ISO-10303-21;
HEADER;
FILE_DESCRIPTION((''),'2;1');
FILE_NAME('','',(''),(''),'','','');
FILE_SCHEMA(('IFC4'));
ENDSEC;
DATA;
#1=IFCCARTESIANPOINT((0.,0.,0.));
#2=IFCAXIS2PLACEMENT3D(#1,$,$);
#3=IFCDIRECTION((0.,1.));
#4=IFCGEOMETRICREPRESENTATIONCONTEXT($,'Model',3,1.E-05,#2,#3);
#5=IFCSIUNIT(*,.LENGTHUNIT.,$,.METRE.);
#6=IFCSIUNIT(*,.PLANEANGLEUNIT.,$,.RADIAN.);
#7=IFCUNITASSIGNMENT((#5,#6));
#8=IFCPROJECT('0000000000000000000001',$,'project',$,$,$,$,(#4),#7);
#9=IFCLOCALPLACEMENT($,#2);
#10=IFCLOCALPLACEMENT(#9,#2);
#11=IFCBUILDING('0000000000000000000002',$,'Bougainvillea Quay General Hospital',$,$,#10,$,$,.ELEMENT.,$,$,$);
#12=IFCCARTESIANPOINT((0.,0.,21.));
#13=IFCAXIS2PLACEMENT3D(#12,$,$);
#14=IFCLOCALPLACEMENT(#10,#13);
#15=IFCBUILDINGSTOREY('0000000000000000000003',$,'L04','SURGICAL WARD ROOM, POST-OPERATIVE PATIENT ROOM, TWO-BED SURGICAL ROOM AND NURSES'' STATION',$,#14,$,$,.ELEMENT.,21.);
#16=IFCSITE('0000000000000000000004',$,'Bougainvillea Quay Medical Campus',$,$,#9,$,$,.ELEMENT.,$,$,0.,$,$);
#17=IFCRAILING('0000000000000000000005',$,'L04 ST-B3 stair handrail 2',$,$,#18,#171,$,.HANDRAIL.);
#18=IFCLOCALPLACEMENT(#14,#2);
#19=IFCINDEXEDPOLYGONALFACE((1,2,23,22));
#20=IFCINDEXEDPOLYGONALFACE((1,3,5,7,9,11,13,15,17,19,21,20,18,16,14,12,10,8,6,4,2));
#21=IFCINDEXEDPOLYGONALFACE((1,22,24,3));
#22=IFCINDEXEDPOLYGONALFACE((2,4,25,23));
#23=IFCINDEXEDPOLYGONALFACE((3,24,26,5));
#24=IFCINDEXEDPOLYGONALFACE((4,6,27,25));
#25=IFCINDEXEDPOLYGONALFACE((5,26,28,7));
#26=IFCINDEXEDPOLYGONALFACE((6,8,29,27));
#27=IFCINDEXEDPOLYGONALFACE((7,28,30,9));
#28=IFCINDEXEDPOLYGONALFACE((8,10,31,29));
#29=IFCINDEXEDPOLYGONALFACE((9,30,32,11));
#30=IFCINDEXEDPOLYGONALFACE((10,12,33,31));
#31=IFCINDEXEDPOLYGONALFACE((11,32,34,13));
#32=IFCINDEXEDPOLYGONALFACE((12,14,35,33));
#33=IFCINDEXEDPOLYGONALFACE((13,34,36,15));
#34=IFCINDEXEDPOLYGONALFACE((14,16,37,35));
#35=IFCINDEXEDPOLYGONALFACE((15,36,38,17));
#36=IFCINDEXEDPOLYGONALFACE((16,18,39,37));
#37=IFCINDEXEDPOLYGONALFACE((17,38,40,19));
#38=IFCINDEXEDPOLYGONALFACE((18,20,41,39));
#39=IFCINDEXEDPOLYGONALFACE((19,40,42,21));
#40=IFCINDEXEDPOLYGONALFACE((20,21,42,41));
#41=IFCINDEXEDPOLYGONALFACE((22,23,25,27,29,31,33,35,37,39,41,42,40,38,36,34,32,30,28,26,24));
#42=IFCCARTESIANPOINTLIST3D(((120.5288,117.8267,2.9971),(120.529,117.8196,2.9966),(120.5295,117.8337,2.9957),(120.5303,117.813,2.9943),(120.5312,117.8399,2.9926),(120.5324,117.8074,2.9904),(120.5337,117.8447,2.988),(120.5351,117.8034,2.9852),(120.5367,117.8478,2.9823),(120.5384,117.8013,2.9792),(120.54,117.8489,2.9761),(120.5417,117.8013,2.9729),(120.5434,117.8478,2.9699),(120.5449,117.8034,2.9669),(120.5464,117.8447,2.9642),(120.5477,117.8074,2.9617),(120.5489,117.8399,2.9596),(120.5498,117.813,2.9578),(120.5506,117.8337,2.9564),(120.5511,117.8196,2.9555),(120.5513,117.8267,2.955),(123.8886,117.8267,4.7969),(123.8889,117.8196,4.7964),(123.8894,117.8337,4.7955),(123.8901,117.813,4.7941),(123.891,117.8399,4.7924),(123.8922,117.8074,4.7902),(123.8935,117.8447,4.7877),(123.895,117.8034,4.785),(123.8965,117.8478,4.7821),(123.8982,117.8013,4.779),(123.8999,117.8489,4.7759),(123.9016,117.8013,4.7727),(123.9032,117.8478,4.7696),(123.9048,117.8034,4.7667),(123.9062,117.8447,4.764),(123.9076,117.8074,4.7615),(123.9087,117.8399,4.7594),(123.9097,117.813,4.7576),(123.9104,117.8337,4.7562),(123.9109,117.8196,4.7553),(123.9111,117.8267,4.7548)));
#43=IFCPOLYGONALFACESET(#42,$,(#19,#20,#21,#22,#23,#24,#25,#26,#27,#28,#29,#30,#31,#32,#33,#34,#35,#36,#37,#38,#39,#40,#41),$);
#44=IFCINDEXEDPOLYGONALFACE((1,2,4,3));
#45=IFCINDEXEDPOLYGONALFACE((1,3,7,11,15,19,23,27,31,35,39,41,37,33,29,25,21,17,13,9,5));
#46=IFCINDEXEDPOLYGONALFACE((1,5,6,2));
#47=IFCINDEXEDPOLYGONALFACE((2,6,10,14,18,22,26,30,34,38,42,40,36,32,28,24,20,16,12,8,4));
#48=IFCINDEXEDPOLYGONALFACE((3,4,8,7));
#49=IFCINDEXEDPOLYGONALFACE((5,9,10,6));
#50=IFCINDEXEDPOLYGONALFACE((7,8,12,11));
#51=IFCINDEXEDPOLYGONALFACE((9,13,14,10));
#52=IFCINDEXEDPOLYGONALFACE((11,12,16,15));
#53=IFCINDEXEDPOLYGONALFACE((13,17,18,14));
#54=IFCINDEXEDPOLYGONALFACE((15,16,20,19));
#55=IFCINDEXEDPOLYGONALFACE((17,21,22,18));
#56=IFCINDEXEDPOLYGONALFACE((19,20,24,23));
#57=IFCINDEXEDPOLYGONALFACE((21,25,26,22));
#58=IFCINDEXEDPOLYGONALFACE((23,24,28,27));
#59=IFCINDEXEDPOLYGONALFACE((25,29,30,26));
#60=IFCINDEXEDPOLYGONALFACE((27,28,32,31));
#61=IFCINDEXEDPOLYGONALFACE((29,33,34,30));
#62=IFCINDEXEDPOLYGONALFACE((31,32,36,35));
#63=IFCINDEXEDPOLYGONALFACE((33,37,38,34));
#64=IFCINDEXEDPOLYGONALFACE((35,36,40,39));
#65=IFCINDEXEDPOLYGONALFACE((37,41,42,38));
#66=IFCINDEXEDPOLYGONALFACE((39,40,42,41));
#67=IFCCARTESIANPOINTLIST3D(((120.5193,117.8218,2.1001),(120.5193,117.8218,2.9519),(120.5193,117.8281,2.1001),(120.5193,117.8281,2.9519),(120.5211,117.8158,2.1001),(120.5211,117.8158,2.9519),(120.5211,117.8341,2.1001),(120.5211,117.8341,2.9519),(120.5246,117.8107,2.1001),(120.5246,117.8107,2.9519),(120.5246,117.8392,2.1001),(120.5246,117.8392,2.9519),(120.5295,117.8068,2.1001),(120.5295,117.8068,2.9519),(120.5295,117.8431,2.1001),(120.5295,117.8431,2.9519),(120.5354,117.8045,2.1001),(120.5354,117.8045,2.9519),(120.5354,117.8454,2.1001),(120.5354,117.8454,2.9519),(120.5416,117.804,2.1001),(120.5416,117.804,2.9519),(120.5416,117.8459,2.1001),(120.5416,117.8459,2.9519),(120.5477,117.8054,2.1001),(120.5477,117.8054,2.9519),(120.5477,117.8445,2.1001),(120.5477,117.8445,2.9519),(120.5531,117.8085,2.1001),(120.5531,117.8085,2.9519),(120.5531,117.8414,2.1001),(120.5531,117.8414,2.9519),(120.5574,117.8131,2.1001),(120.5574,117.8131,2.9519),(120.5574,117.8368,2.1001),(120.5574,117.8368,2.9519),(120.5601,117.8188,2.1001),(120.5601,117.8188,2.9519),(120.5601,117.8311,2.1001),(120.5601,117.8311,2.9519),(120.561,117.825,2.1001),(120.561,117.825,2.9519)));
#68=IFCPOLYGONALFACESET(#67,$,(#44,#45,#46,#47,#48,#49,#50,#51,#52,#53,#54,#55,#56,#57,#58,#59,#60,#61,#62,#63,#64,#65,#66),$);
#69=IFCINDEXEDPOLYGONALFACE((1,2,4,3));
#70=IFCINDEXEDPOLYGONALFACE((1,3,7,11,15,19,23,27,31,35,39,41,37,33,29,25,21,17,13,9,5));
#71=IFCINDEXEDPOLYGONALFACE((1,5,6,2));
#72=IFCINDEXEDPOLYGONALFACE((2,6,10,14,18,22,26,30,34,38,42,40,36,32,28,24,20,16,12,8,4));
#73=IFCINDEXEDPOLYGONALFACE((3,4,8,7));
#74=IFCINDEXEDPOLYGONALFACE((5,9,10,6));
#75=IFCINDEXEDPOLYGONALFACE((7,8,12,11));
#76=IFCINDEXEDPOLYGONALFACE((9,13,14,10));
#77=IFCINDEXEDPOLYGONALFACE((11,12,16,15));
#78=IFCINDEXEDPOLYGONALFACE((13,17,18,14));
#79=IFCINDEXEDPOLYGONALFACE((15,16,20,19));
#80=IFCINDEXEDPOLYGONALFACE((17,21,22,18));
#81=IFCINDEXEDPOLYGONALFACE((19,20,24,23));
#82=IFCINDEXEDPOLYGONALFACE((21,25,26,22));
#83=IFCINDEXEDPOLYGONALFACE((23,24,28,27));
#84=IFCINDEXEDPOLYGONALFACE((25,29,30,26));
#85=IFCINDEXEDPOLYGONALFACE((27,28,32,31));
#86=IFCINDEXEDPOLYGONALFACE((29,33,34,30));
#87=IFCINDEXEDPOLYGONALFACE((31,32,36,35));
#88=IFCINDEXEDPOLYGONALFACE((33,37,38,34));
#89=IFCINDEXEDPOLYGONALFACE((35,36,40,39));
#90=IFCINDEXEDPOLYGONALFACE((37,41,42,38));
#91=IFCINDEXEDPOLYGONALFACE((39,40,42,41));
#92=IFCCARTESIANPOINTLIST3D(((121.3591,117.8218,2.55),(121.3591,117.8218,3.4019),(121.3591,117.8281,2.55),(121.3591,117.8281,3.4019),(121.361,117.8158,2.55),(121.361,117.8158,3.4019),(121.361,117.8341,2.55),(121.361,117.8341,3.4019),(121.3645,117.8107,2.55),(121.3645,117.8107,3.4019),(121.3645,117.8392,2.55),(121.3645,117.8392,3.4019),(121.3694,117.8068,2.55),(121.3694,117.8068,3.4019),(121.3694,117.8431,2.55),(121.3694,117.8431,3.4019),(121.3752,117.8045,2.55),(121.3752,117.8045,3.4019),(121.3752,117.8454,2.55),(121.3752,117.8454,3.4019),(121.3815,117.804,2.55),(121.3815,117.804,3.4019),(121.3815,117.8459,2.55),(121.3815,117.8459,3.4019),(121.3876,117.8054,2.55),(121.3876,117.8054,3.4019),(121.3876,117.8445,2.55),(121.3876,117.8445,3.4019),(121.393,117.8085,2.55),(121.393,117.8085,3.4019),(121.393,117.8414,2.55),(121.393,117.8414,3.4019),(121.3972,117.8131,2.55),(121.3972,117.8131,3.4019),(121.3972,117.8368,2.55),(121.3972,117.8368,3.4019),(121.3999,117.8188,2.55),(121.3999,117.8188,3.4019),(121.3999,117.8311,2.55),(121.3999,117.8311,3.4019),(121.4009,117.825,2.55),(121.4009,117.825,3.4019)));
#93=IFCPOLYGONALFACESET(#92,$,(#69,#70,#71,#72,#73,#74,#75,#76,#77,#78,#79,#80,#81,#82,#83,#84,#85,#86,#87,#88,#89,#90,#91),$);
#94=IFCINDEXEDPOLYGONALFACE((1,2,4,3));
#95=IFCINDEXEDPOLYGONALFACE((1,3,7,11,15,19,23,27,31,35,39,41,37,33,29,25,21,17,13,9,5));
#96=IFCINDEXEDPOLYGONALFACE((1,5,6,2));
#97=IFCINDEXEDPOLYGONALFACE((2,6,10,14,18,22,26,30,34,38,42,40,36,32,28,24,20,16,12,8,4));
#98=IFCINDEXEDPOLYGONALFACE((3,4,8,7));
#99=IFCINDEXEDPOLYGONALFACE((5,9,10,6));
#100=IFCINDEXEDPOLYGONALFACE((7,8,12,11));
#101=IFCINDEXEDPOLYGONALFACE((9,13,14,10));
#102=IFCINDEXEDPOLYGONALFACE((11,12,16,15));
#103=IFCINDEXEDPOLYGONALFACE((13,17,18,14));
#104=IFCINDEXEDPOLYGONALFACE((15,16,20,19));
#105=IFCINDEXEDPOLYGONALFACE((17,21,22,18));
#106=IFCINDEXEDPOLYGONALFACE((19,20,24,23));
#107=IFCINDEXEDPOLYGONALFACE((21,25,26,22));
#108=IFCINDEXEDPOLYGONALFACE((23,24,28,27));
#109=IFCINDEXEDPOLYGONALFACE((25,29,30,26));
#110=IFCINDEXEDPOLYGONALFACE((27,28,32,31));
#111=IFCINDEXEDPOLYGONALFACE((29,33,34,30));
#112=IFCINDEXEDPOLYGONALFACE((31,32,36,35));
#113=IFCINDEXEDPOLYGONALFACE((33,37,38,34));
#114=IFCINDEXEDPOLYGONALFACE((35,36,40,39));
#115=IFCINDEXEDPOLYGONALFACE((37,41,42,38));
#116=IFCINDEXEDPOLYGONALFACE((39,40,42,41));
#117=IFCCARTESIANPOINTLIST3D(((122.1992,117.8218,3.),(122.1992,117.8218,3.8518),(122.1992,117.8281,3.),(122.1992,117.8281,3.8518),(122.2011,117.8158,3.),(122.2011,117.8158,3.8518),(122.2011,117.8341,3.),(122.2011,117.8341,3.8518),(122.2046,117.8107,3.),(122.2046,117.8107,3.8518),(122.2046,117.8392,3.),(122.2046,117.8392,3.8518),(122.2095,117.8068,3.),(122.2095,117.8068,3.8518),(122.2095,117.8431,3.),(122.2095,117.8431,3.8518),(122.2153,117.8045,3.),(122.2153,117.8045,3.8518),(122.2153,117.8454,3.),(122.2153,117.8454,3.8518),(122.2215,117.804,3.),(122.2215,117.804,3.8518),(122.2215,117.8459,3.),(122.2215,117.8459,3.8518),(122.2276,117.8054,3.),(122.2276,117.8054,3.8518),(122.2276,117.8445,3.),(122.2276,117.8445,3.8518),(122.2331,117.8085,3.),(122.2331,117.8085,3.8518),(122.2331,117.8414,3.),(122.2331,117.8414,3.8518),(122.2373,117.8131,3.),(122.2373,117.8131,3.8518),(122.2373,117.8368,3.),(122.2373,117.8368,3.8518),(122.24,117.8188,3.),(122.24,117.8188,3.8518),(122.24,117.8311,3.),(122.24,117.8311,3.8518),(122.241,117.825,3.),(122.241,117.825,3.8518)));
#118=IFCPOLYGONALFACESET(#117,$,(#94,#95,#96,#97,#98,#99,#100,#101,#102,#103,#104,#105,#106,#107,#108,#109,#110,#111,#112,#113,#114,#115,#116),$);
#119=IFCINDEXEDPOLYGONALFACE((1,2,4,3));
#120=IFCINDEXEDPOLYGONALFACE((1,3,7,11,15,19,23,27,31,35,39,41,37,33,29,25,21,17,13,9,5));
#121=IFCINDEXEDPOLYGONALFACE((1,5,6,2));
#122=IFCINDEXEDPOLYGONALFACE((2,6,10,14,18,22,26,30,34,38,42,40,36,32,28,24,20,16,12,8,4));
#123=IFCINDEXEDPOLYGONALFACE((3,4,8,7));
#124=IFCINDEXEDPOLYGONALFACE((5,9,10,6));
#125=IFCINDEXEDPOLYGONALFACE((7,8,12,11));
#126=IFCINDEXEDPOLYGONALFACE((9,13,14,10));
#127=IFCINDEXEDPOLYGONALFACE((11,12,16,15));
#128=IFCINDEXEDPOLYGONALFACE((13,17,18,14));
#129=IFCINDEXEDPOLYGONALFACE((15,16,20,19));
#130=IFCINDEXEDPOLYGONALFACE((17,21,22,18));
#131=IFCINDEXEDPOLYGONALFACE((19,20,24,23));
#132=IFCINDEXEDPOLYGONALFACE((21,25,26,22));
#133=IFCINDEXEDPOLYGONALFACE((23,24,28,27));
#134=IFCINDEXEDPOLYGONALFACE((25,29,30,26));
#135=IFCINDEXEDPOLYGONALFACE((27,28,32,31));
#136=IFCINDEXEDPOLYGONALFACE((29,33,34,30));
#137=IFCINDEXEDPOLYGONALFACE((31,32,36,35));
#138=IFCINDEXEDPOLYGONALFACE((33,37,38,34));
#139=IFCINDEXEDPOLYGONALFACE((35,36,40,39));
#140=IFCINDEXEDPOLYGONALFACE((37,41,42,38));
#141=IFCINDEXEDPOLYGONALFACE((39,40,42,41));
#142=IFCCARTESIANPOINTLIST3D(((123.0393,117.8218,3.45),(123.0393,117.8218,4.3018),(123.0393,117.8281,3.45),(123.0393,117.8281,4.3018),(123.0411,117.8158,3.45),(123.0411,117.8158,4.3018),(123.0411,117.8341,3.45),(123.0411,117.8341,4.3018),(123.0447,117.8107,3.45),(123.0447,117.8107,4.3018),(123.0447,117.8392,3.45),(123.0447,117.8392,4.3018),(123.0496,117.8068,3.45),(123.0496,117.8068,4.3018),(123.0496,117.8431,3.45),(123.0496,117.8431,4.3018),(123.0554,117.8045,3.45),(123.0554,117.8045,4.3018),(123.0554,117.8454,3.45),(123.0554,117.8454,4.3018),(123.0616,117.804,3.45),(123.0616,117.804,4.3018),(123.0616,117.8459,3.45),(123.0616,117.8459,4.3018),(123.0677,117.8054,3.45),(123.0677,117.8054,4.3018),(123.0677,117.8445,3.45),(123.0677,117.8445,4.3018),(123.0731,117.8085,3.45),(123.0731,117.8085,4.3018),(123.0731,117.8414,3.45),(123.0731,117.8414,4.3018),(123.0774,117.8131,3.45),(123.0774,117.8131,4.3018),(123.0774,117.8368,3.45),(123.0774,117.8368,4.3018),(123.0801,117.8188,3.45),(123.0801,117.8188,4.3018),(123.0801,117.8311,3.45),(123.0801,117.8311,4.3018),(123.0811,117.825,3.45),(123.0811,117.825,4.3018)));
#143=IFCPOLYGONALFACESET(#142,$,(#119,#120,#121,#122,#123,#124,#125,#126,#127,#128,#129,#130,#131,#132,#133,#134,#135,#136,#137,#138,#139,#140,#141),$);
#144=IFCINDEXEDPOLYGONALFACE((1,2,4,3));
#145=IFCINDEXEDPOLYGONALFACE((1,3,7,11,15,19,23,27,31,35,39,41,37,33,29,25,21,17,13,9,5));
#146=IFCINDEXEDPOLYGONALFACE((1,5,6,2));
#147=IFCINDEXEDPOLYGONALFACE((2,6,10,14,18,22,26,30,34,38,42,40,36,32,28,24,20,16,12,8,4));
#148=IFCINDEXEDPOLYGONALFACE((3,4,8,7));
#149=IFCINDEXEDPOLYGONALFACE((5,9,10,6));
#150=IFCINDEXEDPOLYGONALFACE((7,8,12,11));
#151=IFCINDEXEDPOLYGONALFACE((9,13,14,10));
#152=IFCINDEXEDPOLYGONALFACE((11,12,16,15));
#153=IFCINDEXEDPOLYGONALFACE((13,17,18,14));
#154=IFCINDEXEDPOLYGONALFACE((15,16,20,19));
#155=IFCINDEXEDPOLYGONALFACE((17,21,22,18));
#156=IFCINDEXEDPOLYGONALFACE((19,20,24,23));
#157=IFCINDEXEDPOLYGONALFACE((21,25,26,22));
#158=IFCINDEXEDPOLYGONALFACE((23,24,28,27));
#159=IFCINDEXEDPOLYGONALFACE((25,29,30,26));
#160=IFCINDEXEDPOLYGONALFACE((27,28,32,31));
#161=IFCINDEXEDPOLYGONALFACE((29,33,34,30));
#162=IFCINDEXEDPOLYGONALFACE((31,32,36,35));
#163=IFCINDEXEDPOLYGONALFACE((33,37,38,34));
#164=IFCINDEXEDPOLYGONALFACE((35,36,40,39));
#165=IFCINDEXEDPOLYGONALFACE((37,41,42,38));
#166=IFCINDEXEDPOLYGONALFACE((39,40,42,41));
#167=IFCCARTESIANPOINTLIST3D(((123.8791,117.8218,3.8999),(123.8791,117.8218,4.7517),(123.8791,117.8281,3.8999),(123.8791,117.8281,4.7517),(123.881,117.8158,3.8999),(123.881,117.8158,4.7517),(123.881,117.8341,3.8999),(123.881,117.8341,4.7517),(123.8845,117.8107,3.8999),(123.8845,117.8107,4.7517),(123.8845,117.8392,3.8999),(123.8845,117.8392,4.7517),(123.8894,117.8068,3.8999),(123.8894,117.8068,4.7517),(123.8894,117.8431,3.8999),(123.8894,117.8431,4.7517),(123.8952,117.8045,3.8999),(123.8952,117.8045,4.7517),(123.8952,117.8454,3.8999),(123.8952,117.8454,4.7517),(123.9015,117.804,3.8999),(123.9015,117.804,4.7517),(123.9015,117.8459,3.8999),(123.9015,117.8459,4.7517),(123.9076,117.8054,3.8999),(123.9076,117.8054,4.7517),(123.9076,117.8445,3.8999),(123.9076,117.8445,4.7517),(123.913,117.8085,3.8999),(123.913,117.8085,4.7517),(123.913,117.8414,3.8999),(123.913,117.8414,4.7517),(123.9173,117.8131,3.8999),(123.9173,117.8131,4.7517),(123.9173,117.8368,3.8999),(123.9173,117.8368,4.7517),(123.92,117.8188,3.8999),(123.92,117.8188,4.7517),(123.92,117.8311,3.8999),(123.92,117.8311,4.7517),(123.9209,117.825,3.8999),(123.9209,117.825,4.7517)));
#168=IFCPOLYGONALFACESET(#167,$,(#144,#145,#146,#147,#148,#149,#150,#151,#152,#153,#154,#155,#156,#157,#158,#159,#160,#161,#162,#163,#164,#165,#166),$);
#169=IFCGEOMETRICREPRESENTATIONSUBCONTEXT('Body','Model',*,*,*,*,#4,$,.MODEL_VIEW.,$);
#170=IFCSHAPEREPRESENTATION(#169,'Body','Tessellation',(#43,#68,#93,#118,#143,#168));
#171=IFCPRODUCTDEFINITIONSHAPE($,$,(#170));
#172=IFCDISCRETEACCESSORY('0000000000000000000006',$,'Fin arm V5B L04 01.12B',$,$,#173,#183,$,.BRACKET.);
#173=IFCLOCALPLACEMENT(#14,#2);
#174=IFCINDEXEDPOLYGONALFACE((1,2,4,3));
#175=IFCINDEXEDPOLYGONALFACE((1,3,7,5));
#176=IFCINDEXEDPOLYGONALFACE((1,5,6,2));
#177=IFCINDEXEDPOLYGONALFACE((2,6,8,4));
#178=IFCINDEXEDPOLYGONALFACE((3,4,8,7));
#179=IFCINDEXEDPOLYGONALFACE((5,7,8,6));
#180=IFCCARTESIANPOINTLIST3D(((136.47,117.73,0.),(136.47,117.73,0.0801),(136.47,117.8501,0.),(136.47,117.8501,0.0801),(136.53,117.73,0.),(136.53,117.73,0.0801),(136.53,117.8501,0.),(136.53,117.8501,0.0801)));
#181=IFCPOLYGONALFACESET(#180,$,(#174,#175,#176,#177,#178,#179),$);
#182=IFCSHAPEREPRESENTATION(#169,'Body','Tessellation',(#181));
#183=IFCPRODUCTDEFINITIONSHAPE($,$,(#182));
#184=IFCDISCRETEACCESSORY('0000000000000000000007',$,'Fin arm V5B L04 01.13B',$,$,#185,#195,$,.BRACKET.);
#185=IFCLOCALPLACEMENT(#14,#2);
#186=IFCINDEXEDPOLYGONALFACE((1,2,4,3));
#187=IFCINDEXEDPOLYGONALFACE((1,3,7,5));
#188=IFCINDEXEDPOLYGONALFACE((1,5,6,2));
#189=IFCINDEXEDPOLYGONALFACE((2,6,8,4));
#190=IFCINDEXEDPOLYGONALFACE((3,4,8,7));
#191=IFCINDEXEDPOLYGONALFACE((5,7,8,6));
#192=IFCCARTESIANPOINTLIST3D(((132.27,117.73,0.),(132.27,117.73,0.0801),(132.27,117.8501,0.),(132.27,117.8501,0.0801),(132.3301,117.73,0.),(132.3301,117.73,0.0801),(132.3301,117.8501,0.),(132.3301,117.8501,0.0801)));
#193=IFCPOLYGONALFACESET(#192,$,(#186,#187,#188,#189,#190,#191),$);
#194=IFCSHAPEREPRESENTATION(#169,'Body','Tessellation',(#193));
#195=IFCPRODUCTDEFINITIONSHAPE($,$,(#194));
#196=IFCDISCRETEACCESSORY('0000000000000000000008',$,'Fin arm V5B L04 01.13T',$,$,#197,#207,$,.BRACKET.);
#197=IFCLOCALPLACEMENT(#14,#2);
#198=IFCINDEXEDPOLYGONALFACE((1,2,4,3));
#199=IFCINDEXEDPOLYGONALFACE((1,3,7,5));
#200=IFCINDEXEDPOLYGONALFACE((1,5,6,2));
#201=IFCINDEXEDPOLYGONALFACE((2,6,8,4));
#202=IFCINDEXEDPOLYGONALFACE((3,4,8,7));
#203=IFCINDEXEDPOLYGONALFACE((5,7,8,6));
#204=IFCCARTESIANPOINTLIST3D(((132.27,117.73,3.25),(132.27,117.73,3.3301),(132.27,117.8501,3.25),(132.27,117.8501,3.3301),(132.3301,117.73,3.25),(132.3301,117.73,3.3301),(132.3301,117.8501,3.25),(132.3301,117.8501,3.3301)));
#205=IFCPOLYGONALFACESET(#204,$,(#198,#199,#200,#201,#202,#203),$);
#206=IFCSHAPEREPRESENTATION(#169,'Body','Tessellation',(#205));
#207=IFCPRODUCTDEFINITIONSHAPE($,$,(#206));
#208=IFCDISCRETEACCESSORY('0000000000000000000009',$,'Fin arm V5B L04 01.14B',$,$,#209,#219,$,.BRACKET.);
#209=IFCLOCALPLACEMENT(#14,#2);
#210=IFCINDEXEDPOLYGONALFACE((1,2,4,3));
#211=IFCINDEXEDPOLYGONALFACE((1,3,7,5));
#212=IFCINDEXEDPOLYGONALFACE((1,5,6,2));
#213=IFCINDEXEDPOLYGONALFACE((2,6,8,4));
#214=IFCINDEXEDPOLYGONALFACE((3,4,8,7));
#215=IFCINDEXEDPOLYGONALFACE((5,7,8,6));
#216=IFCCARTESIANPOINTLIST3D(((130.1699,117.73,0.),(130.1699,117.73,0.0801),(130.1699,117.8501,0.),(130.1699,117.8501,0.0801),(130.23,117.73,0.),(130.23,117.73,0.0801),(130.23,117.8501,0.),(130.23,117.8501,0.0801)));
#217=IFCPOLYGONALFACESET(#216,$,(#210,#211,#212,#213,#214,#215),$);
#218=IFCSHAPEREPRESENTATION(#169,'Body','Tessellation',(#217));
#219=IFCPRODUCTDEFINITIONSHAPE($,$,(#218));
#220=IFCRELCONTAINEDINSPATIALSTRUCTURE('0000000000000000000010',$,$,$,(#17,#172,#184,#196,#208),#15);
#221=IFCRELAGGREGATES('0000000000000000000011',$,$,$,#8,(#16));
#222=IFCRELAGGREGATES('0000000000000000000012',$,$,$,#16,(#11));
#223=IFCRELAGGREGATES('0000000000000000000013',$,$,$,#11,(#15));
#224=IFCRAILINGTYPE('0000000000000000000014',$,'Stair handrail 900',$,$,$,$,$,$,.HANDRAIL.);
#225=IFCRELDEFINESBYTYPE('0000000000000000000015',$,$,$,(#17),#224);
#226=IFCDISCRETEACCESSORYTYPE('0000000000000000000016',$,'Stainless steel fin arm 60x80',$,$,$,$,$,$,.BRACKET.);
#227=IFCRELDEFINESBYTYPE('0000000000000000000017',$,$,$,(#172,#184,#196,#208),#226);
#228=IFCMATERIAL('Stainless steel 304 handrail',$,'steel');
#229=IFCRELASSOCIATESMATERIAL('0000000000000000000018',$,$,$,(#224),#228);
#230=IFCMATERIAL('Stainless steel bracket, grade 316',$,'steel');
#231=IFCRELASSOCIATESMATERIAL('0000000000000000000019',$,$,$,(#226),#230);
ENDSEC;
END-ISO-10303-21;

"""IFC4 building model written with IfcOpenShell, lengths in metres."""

from ifc_helpers import new_model, si_unit, direction, frame, origin, origin_2d, place, context, subcontext, project, spatial, rectangle, circle, extrude, material, type_object, element, save


model = new_model("IFC4")

# Units and contexts
model_context = context("Model", 3, precision=1e-05, world=origin(), true_north=direction((0.0, 1.0)))
body_context = subcontext(model_context, "Body", "Model", "MODEL_VIEW")
ifc_project = project(units=[si_unit("LENGTHUNIT", "METRE"), si_unit("PLANEANGLEUNIT", "RADIAN")], contexts=[model_context])

# Site, building, storey
site_placement = place(None, origin())
site = spatial("IfcSite", under=ifc_project, at=site_placement, Name="Bougainvillea Quay Medical Campus", CompositionType="ELEMENT", RefElevation=0.0)
building_placement = place(site_placement, origin())
building = spatial("IfcBuilding", under=site, at=building_placement, Name="Bougainvillea Quay General Hospital", CompositionType="ELEMENT")
storey_placement = place(building_placement, frame((0.0, 0.0, 21.0)))
storey = spatial("IfcBuildingStorey", under=building, at=storey_placement, Name="L04", Description="SURGICAL WARD ROOM, POST-OPERATIVE PATIENT ROOM, TWO-BED SURGICAL ROOM AND NURSES' STATION", CompositionType="ELEMENT", Elevation=21.0)

# Railing
ifc_material_1 = material(Name="Stainless steel 304 handrail", Category="steel")
railing_type = type_object("IfcRailingType", Name="Stair handrail 900", PredefinedType="HANDRAIL", material=ifc_material_1)
railing_placement = place(storey_placement, frame((120.54, 117.825, 2.1001)))
element("IfcRailing", 1, at=railing_placement, inside=storey, type_object=railing_type, Name="L04 ST-B3 stair handrail 2", PredefinedType="HANDRAIL", context=body_context, shape_type="SweptSolid", body=[
    extrude(circle(Radius=0.0239, at=origin_2d()), frame((0.0, 0.0, 0.876), z_axis=(0.881493, 0.0, 0.472197), x_axis=(0.0, 1.0, 0.0)), (0.0, 0.0, 1.0), 3.8115),
    extrude(circle(Radius=0.021, at=origin_2d()), origin(), (0.0, 0.0, 1.0), 0.8518),
    extrude(circle(Radius=0.021, at=origin_2d()), frame((0.8398, 0.0, 0.45)), (0.0, 0.0, 1.0), 0.8518),
    extrude(circle(Radius=0.021, at=origin_2d()), frame((1.6799, 0.0, 0.8999)), (0.0, 0.0, 1.0), 0.8518),
    extrude(circle(Radius=0.021, at=origin_2d()), frame((2.52, 0.0, 1.3499)), (0.0, 0.0, 1.0), 0.8518),
    extrude(circle(Radius=0.021, at=origin_2d()), frame((3.3599, 0.0, 1.7998)), (0.0, 0.0, 1.0), 0.8518),
])

# Discrete accessories
ifc_material_2 = material(Name="Stainless steel bracket, grade 316", Category="steel")
discrete_accessory_type_1 = type_object("IfcDiscreteAccessoryType", Name="Stainless steel fin arm 60x80", PredefinedType="BRACKET", material=ifc_material_2)
for number, where, z_axis, x_axis, name in (
    (2, (136.5, 117.79, 0.0), (0.0, 0.0, 1.0), (0.0, -1.0, 0.0), "Fin arm V5B L04 01.12B"),
    (3, (132.3, 117.79, 0.0), (0.0, 0.0, 1.0), (0.0, -1.0, 0.0), "Fin arm V5B L04 01.13B"),
    (4, (132.3, 117.79, 3.25), (0.0, 0.0, 1.0), (0.0, -1.0, 0.0), "Fin arm V5B L04 01.13T"),
    (5, (130.2, 117.79, 0.0), (0.0, 0.0, 1.0), (0.0, -1.0, 0.0), "Fin arm V5B L04 01.14B"),
):
    element("IfcDiscreteAccessory", number, at=place(storey_placement, frame(where, z_axis=z_axis, x_axis=x_axis)), inside=storey, type_object=discrete_accessory_type_1, Name=name, PredefinedType="BRACKET", context=body_context, shape_type="SweptSolid", body=[
        extrude(rectangle(XDim=0.1201, YDim=0.0601, at=origin_2d()), origin(), (0.0, 0.0, 1.0), 0.0801),
    ])

save(model, "model.ifc")
